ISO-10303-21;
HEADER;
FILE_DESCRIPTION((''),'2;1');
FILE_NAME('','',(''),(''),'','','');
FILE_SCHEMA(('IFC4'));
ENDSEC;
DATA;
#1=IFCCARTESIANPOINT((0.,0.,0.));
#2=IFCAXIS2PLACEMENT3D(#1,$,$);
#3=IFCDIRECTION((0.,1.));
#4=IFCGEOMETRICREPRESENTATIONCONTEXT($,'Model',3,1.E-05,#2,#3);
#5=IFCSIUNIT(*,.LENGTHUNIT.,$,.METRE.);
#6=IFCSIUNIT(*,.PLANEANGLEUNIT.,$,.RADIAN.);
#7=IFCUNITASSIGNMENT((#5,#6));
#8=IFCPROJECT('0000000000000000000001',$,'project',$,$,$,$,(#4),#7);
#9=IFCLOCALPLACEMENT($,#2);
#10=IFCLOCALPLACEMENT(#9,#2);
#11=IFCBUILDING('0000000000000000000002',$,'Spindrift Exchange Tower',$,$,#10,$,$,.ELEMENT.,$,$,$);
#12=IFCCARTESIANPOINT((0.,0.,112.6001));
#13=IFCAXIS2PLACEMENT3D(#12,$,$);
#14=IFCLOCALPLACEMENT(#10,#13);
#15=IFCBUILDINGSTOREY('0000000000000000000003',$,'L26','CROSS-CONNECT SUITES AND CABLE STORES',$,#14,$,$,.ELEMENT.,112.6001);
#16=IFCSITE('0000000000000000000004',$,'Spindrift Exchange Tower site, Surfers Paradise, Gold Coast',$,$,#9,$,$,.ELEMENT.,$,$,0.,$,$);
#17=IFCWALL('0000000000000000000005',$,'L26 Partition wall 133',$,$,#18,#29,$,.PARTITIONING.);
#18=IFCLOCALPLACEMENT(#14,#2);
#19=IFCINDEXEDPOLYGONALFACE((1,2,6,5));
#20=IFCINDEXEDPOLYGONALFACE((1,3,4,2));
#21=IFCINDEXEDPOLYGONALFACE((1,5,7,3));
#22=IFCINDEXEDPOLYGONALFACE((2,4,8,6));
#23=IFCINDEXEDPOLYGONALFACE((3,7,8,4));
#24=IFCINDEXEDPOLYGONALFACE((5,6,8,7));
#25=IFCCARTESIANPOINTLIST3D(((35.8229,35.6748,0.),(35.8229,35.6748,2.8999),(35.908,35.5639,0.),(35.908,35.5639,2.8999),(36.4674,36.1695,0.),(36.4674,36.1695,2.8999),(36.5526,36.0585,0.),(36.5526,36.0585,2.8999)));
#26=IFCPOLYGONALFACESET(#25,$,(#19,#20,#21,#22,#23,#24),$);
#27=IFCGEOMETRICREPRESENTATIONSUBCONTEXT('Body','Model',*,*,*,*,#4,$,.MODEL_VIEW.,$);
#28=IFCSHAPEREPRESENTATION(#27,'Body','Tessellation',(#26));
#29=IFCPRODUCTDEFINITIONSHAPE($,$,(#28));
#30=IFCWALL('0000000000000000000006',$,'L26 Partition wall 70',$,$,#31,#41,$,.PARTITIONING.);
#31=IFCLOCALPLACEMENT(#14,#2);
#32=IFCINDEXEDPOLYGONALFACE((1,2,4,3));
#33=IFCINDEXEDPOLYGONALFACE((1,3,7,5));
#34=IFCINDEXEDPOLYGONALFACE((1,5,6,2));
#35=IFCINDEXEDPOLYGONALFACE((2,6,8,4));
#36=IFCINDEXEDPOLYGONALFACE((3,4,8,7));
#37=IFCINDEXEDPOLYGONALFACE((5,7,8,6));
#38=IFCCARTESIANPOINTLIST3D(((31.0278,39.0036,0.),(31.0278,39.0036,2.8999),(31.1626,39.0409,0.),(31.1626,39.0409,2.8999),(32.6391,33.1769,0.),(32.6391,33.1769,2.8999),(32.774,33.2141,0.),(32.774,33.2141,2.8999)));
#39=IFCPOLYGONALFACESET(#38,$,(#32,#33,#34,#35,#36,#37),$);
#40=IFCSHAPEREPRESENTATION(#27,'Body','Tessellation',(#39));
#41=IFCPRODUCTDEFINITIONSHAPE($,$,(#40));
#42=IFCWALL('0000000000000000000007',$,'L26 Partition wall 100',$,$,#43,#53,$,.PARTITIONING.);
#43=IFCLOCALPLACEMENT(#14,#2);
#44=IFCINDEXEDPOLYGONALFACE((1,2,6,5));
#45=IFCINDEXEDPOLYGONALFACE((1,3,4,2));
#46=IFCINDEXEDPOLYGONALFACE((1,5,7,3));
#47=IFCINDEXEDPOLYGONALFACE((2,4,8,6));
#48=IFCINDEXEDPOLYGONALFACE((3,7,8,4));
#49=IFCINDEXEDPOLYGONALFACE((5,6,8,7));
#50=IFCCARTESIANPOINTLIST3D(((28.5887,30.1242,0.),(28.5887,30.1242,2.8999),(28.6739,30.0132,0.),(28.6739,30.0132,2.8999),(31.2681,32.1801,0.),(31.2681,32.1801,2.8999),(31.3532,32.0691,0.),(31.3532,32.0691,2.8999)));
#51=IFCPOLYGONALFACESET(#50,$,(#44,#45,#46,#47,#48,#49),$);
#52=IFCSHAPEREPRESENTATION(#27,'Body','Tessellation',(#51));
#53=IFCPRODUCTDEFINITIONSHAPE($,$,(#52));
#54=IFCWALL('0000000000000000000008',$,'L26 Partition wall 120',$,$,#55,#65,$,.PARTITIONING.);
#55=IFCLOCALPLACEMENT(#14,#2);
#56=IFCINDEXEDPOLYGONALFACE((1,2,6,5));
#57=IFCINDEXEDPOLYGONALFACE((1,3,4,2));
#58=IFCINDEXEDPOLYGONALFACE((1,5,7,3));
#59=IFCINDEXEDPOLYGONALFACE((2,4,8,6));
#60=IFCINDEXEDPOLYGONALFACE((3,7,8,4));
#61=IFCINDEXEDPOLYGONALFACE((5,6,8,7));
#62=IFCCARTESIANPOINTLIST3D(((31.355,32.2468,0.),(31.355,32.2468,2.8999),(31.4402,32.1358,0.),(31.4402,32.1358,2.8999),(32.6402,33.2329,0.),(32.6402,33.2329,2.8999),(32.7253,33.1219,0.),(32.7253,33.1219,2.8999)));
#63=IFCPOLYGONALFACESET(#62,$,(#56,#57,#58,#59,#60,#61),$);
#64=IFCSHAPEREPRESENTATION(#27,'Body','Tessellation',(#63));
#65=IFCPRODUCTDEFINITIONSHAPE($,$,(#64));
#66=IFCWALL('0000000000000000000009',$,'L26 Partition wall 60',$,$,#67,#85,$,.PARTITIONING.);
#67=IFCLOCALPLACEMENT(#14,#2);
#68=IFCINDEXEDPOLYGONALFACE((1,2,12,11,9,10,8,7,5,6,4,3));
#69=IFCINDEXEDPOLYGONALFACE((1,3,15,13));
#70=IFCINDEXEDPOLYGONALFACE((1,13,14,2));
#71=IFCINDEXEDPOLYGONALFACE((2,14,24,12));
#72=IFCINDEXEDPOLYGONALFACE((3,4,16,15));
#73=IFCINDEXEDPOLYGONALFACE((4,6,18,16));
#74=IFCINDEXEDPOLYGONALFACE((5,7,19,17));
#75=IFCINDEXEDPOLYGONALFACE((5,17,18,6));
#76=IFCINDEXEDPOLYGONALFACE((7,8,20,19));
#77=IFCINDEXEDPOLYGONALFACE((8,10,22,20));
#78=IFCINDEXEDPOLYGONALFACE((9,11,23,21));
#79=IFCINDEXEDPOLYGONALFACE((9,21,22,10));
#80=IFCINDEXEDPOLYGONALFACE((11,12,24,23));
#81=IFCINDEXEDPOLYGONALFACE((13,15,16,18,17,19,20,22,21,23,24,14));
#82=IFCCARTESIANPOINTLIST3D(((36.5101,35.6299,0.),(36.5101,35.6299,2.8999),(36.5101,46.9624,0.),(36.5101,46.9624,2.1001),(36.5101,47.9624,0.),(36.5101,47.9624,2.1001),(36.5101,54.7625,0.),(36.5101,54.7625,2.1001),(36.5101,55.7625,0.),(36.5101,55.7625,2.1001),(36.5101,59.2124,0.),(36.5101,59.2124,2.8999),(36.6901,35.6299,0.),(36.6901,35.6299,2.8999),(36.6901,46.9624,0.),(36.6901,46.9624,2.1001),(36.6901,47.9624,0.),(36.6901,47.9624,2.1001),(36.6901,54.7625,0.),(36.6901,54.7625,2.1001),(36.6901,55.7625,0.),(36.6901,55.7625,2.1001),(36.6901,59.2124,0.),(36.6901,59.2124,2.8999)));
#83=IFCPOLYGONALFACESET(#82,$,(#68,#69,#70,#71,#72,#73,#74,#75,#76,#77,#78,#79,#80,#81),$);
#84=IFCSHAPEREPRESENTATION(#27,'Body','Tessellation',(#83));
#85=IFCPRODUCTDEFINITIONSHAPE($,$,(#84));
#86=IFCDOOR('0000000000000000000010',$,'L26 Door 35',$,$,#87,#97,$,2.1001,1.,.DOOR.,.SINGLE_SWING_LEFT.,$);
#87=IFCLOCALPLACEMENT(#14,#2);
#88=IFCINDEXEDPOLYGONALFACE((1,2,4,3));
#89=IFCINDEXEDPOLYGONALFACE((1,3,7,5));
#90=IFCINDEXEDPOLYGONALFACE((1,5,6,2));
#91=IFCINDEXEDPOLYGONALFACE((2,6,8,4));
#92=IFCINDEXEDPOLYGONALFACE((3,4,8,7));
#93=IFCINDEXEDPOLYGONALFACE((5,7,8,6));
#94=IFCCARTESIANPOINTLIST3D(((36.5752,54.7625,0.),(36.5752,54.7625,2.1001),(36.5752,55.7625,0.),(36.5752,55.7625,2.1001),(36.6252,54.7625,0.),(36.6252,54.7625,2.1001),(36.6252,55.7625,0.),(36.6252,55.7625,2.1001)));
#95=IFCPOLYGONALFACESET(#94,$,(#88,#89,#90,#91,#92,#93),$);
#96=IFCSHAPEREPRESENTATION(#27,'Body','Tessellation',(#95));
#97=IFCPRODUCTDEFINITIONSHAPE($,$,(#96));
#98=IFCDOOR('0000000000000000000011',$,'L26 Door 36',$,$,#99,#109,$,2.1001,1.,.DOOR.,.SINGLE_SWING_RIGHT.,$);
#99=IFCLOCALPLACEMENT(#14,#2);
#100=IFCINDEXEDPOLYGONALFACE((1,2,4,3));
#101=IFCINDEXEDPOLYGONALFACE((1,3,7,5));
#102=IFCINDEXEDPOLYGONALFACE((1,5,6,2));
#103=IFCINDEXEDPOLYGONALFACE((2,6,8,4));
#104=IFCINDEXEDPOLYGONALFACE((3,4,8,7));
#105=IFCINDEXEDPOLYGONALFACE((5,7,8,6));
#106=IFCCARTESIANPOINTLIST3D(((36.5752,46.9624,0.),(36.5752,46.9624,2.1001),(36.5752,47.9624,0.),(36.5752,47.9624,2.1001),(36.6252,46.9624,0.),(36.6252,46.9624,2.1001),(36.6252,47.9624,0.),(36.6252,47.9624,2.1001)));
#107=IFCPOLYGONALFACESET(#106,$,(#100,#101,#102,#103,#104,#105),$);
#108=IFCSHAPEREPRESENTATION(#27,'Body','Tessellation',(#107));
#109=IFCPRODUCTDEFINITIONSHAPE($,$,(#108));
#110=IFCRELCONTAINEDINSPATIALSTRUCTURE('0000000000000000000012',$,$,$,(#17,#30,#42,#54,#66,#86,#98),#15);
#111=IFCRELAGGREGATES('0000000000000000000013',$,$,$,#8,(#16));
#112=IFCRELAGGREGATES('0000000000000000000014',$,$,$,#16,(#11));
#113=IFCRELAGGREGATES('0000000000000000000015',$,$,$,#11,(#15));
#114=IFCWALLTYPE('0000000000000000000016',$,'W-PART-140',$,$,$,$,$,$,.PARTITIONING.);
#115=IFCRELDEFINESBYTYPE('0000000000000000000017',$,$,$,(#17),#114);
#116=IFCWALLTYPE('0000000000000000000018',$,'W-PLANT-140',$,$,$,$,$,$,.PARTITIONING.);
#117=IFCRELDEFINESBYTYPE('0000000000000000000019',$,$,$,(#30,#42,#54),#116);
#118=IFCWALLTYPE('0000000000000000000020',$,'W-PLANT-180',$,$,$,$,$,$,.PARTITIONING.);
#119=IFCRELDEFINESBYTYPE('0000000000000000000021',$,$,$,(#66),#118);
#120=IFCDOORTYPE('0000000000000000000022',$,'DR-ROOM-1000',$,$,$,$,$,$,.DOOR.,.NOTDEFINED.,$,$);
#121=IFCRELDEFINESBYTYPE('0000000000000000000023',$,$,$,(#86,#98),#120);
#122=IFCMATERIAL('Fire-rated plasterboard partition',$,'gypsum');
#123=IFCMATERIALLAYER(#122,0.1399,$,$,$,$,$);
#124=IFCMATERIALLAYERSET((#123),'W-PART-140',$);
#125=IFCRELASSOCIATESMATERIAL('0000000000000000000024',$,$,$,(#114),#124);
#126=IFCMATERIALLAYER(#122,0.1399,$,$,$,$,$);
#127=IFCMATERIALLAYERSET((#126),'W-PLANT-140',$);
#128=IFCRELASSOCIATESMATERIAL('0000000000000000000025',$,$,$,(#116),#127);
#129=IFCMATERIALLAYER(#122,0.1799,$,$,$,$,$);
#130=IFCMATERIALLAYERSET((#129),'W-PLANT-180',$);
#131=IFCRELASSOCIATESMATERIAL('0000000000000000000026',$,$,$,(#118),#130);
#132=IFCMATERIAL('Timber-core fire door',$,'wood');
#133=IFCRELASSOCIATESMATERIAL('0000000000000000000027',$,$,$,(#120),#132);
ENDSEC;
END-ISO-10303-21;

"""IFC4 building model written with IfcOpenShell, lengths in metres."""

from ifc_helpers import new_model, si_unit, direction, frame, frame_2d, origin, place, context, subcontext, project, spatial, rectangle, extrude, source, transform, mapped, material, layer, layer_set, type_object, element, fill, save


model = new_model("IFC4")

# Units and contexts
model_context = context("Model", 3, precision=1e-05, world=origin(), true_north=direction((0.0, 1.0)))
body_context = subcontext(model_context, "Body", "Model", "MODEL_VIEW")
ifc_project = project(units=[si_unit("LENGTHUNIT", "METRE"), si_unit("PLANEANGLEUNIT", "RADIAN")], contexts=[model_context])

# Site, building, storey
site_placement = place(None, origin())
site = spatial("IfcSite", under=ifc_project, at=site_placement, Name="Spindrift Exchange Tower site, Surfers Paradise, Gold Coast", CompositionType="ELEMENT", RefElevation=0.0)
building_placement = place(site_placement, origin())
building = spatial("IfcBuilding", under=site, at=building_placement, Name="Spindrift Exchange Tower", CompositionType="ELEMENT")
storey_placement = place(building_placement, frame((0.0, 0.0, 112.6001)))
storey = spatial("IfcBuildingStorey", under=building, at=storey_placement, Name="L26", Description="CROSS-CONNECT SUITES AND CABLE STORES", CompositionType="ELEMENT", Elevation=112.6001)

# Walls
ifc_material_1 = material(Name="Fire-rated plasterboard partition", Category="gypsum")
ifc_layer_1 = layer(ifc_material_1, 0.1399)
ifc_layer_set_1 = layer_set([ifc_layer_1], Name="W-PART-140")
wall_type_1 = type_object("IfcWallType", Name="W-PART-140", PredefinedType="PARTITIONING", material=ifc_layer_set_1)
wall_1_placement = place(storey_placement, frame((36.51, 36.114, 0.0), z_axis=(0.0, 0.0, 1.0), x_axis=(-0.793316, -0.60881, 0.0)))
element("IfcWall", 1, at=wall_1_placement, inside=storey, type_object=wall_type_1, Name="L26 Partition wall 133", PredefinedType="PARTITIONING", context=body_context, shape_type="SweptSolid", body=[
    extrude(rectangle(XDim=0.8125, YDim=0.1399, at=frame_2d((0.4062, 0.0))), origin(), (0.0, 0.0, 1.0), 2.8999),
])
ifc_layer_2 = layer(ifc_material_1, 0.1399)
ifc_layer_set_2 = layer_set([ifc_layer_2], Name="W-PLANT-140")
wall_type_2 = type_object("IfcWallType", Name="W-PLANT-140", PredefinedType="PARTITIONING", material=ifc_layer_set_2)
wall_2_placement = place(storey_placement, frame((31.0952, 39.0222, 0.0), z_axis=(0.0, 0.0, 1.0), x_axis=(0.26654, -0.963824, 0.0)))
element("IfcWall", 2, at=wall_2_placement, inside=storey, type_object=wall_type_2, Name="L26 Partition wall 70", PredefinedType="PARTITIONING", context=body_context, shape_type="SweptSolid", body=[
    extrude(rectangle(XDim=6.0454, YDim=0.1399, at=frame_2d((3.0227, 0.0))), origin(), (0.0, 0.0, 1.0), 2.8999),
])
wall_3_placement = place(storey_placement, frame((31.3105, 32.1245, 0.0), z_axis=(0.0, 0.0, 1.0), x_axis=(-0.793368, -0.608743, 0.0)))
element("IfcWall", 3, at=wall_3_placement, inside=storey, type_object=wall_type_2, Name="L26 Partition wall 100", PredefinedType="PARTITIONING", context=body_context, shape_type="SweptSolid", body=[
    extrude(rectangle(XDim=3.3772, YDim=0.1399, at=frame_2d((1.6885, 0.0))), origin(), (0.0, 0.0, 1.0), 2.8999),
])
wall_4_placement = place(storey_placement, frame((32.6829, 33.1775, 0.0), z_axis=(0.0, 0.0, 1.0), x_axis=(-0.793369, -0.608742, 0.0)))
element("IfcWall", 4, at=wall_4_placement, inside=storey, type_object=wall_type_2, Name="L26 Partition wall 120", PredefinedType="PARTITIONING", context=body_context, shape_type="SweptSolid", body=[
    extrude(rectangle(XDim=1.6199, YDim=0.1399, at=frame_2d((0.8101, 0.0))), origin(), (0.0, 0.0, 1.0), 2.8999),
])

# Wall, openings, doors
ifc_layer_3 = layer(ifc_material_1, 0.1799)
ifc_layer_set_3 = layer_set([ifc_layer_3], Name="W-PLANT-180")
wall_type_3 = type_object("IfcWallType", Name="W-PLANT-180", PredefinedType="PARTITIONING", material=ifc_layer_set_3)
wall_5_placement = place(storey_placement, frame((36.6001, 35.6299, 0.0), z_axis=(0.0, 0.0, 1.0), x_axis=(0.0, 1.0, 0.0)))
wall_5 = element("IfcWall", 5, at=wall_5_placement, inside=storey, type_object=wall_type_3, Name="L26 Partition wall 60", PredefinedType="PARTITIONING", context=body_context, shape_type="SweptSolid", body=[
    extrude(rectangle(XDim=23.5825, YDim=0.1799, at=frame_2d((11.7913, 0.0))), origin(), (0.0, 0.0, 1.0), 2.8999),
])
opening_1_placement = place(wall_5_placement, frame((19.1326, 0.0, 0.0)))
opening_1 = element("IfcOpeningElement", 6, at=opening_1_placement, cuts=wall_5, PredefinedType="OPENING", context=body_context, shape_type="SweptSolid", body=[
    extrude(rectangle(XDim=1.0, YDim=2.1001, at=frame_2d((0.5, 1.05))), frame((0.0, 0.0999, 0.0), z_axis=(0.0, -1.0, 0.0), x_axis=(1.0, 0.0, 0.0)), (0.0, 0.0, 1.0), 0.2),
])
opening_2_placement = place(wall_5_placement, frame((11.3325, 0.0, 0.0)))
opening_2 = element("IfcOpeningElement", 7, at=opening_2_placement, cuts=wall_5, PredefinedType="OPENING", context=body_context, shape_type="SweptSolid", body=[
    extrude(rectangle(XDim=1.0, YDim=2.1001, at=frame_2d((0.5, 1.05))), frame((0.0, 0.0999, 0.0), z_axis=(0.0, -1.0, 0.0), x_axis=(1.0, 0.0, 0.0)), (0.0, 0.0, 1.0), 0.2),
])
ifc_material_2 = material(Name="Timber-core fire door", Category="wood")
door_type = type_object("IfcDoorType", Name="DR-ROOM-1000", OperationType="NOTDEFINED", PredefinedType="DOOR", material=ifc_material_2)
shared_shape_1 = source(origin(), body_context, "Body", "SweptSolid", [
    extrude(rectangle(XDim=1.0, YDim=2.1001, at=frame_2d((0.5, 1.05))), frame((0.0, 0.0249, 0.0), z_axis=(0.0, -1.0, 0.0), x_axis=(1.0, 0.0, 0.0)), (0.0, 0.0, 1.0), 0.05),
])
door_1_placement = place(opening_1_placement, origin())
door_1 = element("IfcDoor", 8, at=door_1_placement, inside=storey, type_object=door_type, Name="L26 Door 35", OperationType="SINGLE_SWING_LEFT", OverallHeight=2.1001, OverallWidth=1.0, PredefinedType="DOOR", context=body_context, shape_type="MappedRepresentation", body=[
    mapped(shared_shape_1, transform((0.0, 0.0, 0.0), scale=1.0)),
])
fill(opening_1, door_1)
door_2_placement = place(opening_2_placement, origin())
door_2 = element("IfcDoor", 9, at=door_2_placement, inside=storey, type_object=door_type, Name="L26 Door 36", OperationType="SINGLE_SWING_RIGHT", OverallHeight=2.1001, OverallWidth=1.0, PredefinedType="DOOR", context=body_context, shape_type="MappedRepresentation", body=[
    mapped(shared_shape_1, transform((0.0, 0.0, 0.0), scale=1.0)),
])
fill(opening_2, door_2)

save(model, "model.ifc")
